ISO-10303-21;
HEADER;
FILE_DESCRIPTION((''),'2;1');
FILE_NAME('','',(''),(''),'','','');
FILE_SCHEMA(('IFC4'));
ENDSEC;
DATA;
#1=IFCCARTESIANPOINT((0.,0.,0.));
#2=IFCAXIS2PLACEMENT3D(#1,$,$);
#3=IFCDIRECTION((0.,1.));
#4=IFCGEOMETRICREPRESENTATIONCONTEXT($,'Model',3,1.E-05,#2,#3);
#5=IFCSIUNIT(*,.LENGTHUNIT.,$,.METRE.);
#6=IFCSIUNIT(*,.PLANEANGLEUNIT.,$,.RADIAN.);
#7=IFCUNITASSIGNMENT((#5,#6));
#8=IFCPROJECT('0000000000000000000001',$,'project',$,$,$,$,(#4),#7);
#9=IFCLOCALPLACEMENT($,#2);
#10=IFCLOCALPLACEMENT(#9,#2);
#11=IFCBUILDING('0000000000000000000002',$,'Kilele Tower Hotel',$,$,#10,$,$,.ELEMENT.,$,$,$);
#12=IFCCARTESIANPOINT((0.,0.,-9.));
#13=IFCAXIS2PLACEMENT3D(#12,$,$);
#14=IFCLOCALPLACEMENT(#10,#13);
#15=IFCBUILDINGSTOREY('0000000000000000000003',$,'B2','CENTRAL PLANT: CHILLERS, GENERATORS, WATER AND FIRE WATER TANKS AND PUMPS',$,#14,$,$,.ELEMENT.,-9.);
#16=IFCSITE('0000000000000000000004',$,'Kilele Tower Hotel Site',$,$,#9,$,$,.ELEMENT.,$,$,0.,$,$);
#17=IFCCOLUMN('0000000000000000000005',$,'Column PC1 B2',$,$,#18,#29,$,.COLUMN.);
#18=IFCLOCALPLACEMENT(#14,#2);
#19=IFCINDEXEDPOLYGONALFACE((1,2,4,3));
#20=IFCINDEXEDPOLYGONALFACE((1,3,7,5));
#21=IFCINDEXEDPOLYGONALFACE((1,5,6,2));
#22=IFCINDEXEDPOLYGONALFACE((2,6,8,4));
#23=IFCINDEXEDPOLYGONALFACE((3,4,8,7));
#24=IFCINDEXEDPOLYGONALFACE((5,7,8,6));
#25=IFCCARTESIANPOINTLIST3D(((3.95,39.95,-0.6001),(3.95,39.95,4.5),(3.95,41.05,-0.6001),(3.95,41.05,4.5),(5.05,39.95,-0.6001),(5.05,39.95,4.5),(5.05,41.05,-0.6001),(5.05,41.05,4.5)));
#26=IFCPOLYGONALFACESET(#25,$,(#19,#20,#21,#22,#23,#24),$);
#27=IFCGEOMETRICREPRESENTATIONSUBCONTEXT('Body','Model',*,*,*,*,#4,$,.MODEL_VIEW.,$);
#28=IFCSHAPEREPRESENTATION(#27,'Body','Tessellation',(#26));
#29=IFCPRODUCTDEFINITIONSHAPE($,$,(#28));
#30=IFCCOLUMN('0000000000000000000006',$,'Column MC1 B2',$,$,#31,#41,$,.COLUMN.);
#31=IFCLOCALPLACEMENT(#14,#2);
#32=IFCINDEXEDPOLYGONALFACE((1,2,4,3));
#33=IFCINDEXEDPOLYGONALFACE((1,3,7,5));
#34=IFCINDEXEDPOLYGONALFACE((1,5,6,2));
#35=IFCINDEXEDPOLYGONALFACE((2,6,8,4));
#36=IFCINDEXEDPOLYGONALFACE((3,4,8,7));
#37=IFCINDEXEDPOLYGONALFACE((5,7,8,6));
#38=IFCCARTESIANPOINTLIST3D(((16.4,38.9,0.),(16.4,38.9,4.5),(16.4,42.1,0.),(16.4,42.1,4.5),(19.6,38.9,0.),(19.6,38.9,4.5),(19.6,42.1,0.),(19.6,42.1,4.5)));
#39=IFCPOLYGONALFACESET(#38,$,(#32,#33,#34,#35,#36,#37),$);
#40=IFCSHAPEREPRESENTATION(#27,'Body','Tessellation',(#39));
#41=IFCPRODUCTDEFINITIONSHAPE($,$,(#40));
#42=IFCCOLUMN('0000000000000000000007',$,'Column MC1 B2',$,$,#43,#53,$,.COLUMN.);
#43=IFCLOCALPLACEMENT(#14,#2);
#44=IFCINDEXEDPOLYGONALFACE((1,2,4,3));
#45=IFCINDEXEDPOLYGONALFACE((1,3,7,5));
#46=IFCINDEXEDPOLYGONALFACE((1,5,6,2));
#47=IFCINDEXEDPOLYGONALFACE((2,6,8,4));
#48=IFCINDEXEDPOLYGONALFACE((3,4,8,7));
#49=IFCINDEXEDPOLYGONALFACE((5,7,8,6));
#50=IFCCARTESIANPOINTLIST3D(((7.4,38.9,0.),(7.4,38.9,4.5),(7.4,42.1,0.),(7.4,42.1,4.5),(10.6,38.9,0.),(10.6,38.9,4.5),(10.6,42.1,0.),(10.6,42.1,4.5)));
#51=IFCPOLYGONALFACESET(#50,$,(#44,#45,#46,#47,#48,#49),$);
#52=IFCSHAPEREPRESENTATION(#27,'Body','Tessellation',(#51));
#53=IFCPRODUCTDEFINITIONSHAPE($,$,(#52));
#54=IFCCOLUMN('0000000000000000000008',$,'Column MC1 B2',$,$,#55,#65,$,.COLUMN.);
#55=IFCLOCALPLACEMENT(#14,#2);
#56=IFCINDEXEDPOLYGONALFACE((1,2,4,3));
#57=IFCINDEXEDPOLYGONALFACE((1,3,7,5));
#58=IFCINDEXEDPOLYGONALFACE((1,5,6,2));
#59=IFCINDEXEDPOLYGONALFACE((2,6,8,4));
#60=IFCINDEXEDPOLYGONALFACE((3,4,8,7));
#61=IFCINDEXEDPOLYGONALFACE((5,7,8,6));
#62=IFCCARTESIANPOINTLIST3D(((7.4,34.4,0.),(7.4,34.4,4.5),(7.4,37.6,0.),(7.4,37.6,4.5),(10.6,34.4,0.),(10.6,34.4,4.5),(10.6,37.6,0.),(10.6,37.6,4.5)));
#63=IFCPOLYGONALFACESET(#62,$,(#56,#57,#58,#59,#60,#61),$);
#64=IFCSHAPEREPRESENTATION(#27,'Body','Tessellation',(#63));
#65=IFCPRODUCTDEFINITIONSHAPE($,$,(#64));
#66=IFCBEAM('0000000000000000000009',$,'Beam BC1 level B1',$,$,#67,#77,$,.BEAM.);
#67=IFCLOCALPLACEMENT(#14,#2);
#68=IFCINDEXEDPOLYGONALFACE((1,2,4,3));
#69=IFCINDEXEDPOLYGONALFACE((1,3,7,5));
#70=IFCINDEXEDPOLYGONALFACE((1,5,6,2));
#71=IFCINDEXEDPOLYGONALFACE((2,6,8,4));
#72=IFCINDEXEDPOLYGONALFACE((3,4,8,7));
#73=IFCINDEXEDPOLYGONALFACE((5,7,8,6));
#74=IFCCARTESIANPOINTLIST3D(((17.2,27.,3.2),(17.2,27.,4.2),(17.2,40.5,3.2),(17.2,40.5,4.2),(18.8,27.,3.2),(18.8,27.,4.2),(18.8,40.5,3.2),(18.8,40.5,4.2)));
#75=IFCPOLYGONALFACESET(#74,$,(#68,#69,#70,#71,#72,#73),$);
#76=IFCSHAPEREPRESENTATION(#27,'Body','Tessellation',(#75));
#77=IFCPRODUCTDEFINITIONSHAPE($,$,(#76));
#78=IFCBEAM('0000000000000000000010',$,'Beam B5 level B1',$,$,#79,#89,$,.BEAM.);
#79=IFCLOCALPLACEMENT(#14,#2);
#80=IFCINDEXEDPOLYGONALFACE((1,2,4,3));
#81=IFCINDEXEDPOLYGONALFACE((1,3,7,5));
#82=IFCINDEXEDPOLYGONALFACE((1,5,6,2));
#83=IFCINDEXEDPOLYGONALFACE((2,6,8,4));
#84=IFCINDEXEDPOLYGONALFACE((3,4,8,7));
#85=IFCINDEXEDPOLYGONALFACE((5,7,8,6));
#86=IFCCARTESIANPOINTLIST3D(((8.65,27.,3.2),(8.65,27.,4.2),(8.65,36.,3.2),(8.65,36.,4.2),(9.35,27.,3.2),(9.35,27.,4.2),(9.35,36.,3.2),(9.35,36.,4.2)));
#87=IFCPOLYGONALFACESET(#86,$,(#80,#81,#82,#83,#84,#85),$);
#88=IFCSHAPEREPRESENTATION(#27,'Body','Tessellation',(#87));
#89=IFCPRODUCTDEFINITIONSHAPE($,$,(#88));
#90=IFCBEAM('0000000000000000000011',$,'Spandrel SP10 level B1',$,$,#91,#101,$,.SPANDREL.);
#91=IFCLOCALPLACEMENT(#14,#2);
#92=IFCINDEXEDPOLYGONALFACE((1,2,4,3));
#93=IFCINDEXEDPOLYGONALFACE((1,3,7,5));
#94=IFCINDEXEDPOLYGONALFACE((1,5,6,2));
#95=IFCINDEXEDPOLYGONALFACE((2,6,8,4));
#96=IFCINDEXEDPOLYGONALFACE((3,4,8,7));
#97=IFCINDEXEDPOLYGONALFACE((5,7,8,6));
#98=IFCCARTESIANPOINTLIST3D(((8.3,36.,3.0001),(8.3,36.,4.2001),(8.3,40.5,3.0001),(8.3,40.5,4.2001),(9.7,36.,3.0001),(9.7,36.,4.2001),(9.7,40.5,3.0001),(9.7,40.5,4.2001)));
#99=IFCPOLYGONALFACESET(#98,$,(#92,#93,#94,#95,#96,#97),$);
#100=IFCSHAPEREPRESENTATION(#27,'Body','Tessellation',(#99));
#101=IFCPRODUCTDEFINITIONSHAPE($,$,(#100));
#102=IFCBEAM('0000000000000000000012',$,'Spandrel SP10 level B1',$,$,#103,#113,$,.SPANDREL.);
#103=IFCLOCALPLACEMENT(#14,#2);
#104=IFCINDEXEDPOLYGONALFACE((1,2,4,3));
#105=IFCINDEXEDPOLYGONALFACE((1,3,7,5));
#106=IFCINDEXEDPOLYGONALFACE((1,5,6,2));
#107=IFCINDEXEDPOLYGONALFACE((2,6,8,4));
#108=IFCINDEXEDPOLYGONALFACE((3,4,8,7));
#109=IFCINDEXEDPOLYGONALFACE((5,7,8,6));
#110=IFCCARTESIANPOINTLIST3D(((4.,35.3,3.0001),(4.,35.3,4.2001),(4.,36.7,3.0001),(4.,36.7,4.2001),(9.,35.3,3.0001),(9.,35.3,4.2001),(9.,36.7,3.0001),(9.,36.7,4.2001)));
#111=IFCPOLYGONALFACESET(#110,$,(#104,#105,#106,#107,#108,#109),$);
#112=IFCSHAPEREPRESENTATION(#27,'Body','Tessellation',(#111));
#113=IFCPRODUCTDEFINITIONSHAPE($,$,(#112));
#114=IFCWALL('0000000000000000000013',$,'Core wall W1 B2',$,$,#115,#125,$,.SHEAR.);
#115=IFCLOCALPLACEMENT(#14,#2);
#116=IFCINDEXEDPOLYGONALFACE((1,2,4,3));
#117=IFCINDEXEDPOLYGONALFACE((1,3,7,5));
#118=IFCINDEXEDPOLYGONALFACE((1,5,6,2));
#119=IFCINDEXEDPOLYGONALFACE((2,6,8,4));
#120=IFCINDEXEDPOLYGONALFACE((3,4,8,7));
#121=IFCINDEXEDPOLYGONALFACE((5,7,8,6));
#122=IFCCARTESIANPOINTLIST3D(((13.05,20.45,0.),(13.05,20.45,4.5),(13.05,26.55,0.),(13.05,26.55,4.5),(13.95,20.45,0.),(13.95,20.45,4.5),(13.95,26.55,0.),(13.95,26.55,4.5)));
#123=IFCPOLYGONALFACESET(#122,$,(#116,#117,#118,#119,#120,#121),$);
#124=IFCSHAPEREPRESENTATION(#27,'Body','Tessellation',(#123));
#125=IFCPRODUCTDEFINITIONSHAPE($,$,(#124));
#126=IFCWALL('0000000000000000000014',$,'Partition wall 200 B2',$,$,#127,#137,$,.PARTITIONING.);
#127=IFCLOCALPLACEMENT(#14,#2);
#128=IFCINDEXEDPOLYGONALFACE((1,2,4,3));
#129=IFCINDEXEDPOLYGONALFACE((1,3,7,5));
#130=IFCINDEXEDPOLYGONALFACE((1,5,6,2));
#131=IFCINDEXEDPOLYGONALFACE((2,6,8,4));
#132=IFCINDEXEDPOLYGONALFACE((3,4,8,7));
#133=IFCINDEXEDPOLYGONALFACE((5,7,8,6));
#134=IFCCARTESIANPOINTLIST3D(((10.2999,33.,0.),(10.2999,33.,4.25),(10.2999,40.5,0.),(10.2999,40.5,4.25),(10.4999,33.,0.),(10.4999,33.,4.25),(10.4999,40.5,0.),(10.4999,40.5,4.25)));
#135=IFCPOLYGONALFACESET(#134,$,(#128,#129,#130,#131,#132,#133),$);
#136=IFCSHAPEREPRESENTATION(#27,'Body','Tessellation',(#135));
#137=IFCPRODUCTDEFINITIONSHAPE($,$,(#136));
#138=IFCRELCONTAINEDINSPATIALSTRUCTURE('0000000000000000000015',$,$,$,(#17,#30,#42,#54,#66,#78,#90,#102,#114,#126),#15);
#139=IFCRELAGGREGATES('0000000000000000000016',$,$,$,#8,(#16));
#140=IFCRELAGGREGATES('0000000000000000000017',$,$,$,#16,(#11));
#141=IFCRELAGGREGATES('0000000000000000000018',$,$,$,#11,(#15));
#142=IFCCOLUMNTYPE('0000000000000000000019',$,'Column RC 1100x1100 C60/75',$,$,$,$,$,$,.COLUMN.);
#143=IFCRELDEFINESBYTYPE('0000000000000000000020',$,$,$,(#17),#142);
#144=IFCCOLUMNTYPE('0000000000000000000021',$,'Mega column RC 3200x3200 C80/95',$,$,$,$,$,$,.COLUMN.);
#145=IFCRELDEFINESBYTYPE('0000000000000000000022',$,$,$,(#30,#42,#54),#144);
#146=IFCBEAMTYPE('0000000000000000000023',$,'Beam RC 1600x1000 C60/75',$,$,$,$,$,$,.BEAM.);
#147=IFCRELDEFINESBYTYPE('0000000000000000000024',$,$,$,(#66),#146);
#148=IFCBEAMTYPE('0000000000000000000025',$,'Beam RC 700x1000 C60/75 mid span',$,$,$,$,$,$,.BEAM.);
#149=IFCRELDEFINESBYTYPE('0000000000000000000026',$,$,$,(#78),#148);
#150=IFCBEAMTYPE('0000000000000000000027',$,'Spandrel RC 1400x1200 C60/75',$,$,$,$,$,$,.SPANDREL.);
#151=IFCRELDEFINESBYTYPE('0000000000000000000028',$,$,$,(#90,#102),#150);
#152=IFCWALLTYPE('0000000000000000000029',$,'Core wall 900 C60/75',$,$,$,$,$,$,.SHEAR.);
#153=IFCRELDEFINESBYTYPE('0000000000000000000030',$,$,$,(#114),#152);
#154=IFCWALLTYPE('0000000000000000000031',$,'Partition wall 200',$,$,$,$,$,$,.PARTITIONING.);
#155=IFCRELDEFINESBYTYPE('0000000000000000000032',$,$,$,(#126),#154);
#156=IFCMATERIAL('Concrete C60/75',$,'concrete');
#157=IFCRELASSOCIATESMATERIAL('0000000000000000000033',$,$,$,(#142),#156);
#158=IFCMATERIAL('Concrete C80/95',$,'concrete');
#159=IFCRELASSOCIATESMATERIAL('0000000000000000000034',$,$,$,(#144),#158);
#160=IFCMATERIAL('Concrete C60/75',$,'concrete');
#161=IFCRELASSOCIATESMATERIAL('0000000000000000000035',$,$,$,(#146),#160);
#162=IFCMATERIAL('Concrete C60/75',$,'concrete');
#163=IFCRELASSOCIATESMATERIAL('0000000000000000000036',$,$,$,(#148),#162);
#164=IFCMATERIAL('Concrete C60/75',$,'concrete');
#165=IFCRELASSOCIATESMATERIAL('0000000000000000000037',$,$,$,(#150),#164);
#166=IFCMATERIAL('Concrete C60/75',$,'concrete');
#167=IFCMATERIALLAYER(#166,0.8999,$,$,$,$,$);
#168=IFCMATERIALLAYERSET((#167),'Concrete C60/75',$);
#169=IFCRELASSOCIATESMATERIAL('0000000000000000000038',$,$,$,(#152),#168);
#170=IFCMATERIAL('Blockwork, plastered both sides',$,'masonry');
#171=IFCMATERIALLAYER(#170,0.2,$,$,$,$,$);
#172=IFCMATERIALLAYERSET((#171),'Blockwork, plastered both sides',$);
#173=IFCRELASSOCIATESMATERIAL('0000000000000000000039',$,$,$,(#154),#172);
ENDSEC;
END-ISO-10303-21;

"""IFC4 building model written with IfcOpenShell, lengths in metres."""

from ifc_helpers import new_model, si_unit, direction, frame, frame_2d, origin, origin_2d, place, context, subcontext, project, spatial, rectangle, extrude, material, layer, layer_set, material_profile, profile_set, type_object, element, save


model = new_model("IFC4")

# Units and contexts
model_context = context("Model", 3, precision=1e-05, world=origin(), true_north=direction((0.0, 1.0)))
body_context = subcontext(model_context, "Body", "Model", "MODEL_VIEW")
ifc_project = project(units=[si_unit("LENGTHUNIT", "METRE"), si_unit("PLANEANGLEUNIT", "RADIAN")], contexts=[model_context])

# Site, building, storey
site_placement = place(None, origin())
site = spatial("IfcSite", under=ifc_project, at=site_placement, Name="Kilele Tower Hotel Site", CompositionType="ELEMENT", RefElevation=0.0)
building_placement = place(site_placement, origin())
building = spatial("IfcBuilding", under=site, at=building_placement, Name="Kilele Tower Hotel", CompositionType="ELEMENT")
storey_placement = place(building_placement, frame((0.0, 0.0, -9.0)))
storey = spatial("IfcBuildingStorey", under=building, at=storey_placement, Name="B2", Description="CENTRAL PLANT: CHILLERS, GENERATORS, WATER AND FIRE WATER TANKS AND PUMPS", CompositionType="ELEMENT", Elevation=-9.0)

# Columns
ifc_material_1 = material(Name="Concrete C60/75", Category="concrete")
ifc_material_profile_1 = material_profile(ifc_material_1, rectangle(XDim=1.1001, YDim=1.1001, at=origin_2d()))
ifc_profile_set_1 = profile_set([ifc_material_profile_1], Name="Concrete C60/75")
column_type_1 = type_object("IfcColumnType", Name="Column RC 1100x1100 C60/75", PredefinedType="COLUMN", material=ifc_profile_set_1)
column_placement = place(storey_placement, frame((4.5, 40.5, -0.6001), z_axis=(0.0, 0.0, 1.0), x_axis=(1.0, 0.0, 0.0)))
element("IfcColumn", 1, at=column_placement, inside=storey, type_object=column_type_1, Name="Column PC1 B2", PredefinedType="COLUMN", context=body_context, shape_type="SweptSolid", body=[
    extrude(rectangle(XDim=1.1001, YDim=1.1001, at=origin_2d()), origin(), (0.0, 0.0, 1.0), 5.1001),
])
ifc_material_2 = material(Name="Concrete C80/95", Category="concrete")
ifc_material_profile_2 = material_profile(ifc_material_2, rectangle(XDim=3.2, YDim=3.2, at=origin_2d()))
ifc_profile_set_2 = profile_set([ifc_material_profile_2], Name="Concrete C80/95")
column_type_2 = type_object("IfcColumnType", Name="Mega column RC 3200x3200 C80/95", PredefinedType="COLUMN", material=ifc_profile_set_2)
for number, where, z_axis, x_axis, name in (
    (2, (18.0, 40.5, 0.0), (0.0, 0.0, 1.0), (1.0, 0.0, 0.0), "Column MC1 B2"),
    (3, (9.0, 40.5, 0.0), (0.0, 0.0, 1.0), (1.0, 0.0, 0.0), "Column MC1 B2"),
    (4, (9.0, 36.0, 0.0), (0.0, 0.0, 1.0), (1.0, 0.0, 0.0), "Column MC1 B2"),
):
    element("IfcColumn", number, at=place(storey_placement, frame(where, z_axis=z_axis, x_axis=x_axis)), inside=storey, type_object=column_type_2, Name=name, PredefinedType="COLUMN", context=body_context, shape_type="SweptSolid", body=[
        extrude(rectangle(XDim=3.2, YDim=3.2, at=origin_2d()), origin(), (0.0, 0.0, 1.0), 4.5),
    ])

# Beams
ifc_material_3 = material(Name="Concrete C60/75", Category="concrete")
ifc_material_profile_3 = material_profile(ifc_material_3, rectangle(XDim=1.6001, YDim=1.0, at=origin_2d()))
ifc_profile_set_3 = profile_set([ifc_material_profile_3], Name="Concrete C60/75")
beam_type_1 = type_object("IfcBeamType", Name="Beam RC 1600x1000 C60/75", PredefinedType="BEAM", material=ifc_profile_set_3)
beam_1_placement = place(storey_placement, frame((18.0, 40.5, 3.7), z_axis=(0.0, -1.0, 0.0), x_axis=(1.0, 0.0, 0.0)))
element("IfcBeam", 5, at=beam_1_placement, inside=storey, type_object=beam_type_1, Name="Beam BC1 level B1", PredefinedType="BEAM", context=body_context, shape_type="SweptSolid", body=[
    extrude(rectangle(XDim=1.6001, YDim=1.0, at=origin_2d()), origin(), (0.0, 0.0, 1.0), 13.5),
])
ifc_material_4 = material(Name="Concrete C60/75", Category="concrete")
ifc_material_profile_4 = material_profile(ifc_material_4, rectangle(XDim=0.7, YDim=1.0, at=origin_2d()))
ifc_profile_set_4 = profile_set([ifc_material_profile_4], Name="Concrete C60/75")
beam_type_2 = type_object("IfcBeamType", Name="Beam RC 700x1000 C60/75 mid span", PredefinedType="BEAM", material=ifc_profile_set_4)
beam_2_placement = place(storey_placement, frame((9.0, 36.0, 3.7), z_axis=(0.0, -1.0, 0.0), x_axis=(1.0, 0.0, 0.0)))
element("IfcBeam", 6, at=beam_2_placement, inside=storey, type_object=beam_type_2, Name="Beam B5 level B1", PredefinedType="BEAM", context=body_context, shape_type="SweptSolid", body=[
    extrude(rectangle(XDim=0.7, YDim=1.0, at=origin_2d()), origin(), (0.0, 0.0, 1.0), 9.0),
])
ifc_material_5 = material(Name="Concrete C60/75", Category="concrete")
ifc_material_profile_5 = material_profile(ifc_material_5, rectangle(XDim=1.3999, YDim=1.2, at=origin_2d()))
ifc_profile_set_5 = profile_set([ifc_material_profile_5], Name="Concrete C60/75")
beam_type_3 = type_object("IfcBeamType", Name="Spandrel RC 1400x1200 C60/75", PredefinedType="SPANDREL", material=ifc_profile_set_5)
beam_3_placement = place(storey_placement, frame((9.0, 40.5, 3.6001), z_axis=(0.0, -1.0, 0.0), x_axis=(1.0, 0.0, 0.0)))
element("IfcBeam", 7, at=beam_3_placement, inside=storey, type_object=beam_type_3, Name="Spandrel SP10 level B1", PredefinedType="SPANDREL", context=body_context, shape_type="SweptSolid", body=[
    extrude(rectangle(XDim=1.3999, YDim=1.2, at=origin_2d()), origin(), (0.0, 0.0, 1.0), 4.5),
])
beam_4_placement = place(storey_placement, frame((9.0, 36.0, 3.6001), z_axis=(-1.0, 0.0, 0.0), x_axis=(0.0, -1.0, 0.0)))
element("IfcBeam", 8, at=beam_4_placement, inside=storey, type_object=beam_type_3, Name="Spandrel SP10 level B1", PredefinedType="SPANDREL", context=body_context, shape_type="SweptSolid", body=[
    extrude(rectangle(XDim=1.3999, YDim=1.2, at=origin_2d()), origin(), (0.0, 0.0, 1.0), 5.0),
])

# Walls
ifc_material_6 = material(Name="Concrete C60/75", Category="concrete")
ifc_layer_1 = layer(ifc_material_6, 0.8999)
ifc_layer_set_1 = layer_set([ifc_layer_1], Name="Concrete C60/75")
wall_type_1 = type_object("IfcWallType", Name="Core wall 900 C60/75", PredefinedType="SHEAR", material=ifc_layer_set_1)
wall_1_placement = place(storey_placement, frame((13.5, 26.55, 0.0), z_axis=(0.0, 0.0, 1.0), x_axis=(0.0, -1.0, 0.0)))
element("IfcWall", 9, at=wall_1_placement, inside=storey, type_object=wall_type_1, Name="Core wall W1 B2", PredefinedType="SHEAR", context=body_context, shape_type="SweptSolid", body=[
    extrude(rectangle(XDim=6.1001, YDim=0.8999, at=frame_2d((3.05, 0.0))), origin(), (0.0, 0.0, 1.0), 4.5),
])
ifc_material_7 = material(Name="Blockwork, plastered both sides", Category="masonry")
ifc_layer_2 = layer(ifc_material_7, 0.2)
ifc_layer_set_2 = layer_set([ifc_layer_2], Name="Blockwork, plastered both sides")
wall_type_2 = type_object("IfcWallType", Name="Partition wall 200", PredefinedType="PARTITIONING", material=ifc_layer_set_2)
wall_2_placement = place(storey_placement, frame((10.3999, 33.0, 0.0), z_axis=(0.0, 0.0, 1.0), x_axis=(0.0, 1.0, 0.0)))
element("IfcWall", 10, at=wall_2_placement, inside=storey, type_object=wall_type_2, Name="Partition wall 200 B2", PredefinedType="PARTITIONING", context=body_context, shape_type="SweptSolid", body=[
    extrude(rectangle(XDim=7.5, YDim=0.2, at=frame_2d((3.75, 0.0))), origin(), (0.0, 0.0, 1.0), 4.25),
])

save(model, "model.ifc")
